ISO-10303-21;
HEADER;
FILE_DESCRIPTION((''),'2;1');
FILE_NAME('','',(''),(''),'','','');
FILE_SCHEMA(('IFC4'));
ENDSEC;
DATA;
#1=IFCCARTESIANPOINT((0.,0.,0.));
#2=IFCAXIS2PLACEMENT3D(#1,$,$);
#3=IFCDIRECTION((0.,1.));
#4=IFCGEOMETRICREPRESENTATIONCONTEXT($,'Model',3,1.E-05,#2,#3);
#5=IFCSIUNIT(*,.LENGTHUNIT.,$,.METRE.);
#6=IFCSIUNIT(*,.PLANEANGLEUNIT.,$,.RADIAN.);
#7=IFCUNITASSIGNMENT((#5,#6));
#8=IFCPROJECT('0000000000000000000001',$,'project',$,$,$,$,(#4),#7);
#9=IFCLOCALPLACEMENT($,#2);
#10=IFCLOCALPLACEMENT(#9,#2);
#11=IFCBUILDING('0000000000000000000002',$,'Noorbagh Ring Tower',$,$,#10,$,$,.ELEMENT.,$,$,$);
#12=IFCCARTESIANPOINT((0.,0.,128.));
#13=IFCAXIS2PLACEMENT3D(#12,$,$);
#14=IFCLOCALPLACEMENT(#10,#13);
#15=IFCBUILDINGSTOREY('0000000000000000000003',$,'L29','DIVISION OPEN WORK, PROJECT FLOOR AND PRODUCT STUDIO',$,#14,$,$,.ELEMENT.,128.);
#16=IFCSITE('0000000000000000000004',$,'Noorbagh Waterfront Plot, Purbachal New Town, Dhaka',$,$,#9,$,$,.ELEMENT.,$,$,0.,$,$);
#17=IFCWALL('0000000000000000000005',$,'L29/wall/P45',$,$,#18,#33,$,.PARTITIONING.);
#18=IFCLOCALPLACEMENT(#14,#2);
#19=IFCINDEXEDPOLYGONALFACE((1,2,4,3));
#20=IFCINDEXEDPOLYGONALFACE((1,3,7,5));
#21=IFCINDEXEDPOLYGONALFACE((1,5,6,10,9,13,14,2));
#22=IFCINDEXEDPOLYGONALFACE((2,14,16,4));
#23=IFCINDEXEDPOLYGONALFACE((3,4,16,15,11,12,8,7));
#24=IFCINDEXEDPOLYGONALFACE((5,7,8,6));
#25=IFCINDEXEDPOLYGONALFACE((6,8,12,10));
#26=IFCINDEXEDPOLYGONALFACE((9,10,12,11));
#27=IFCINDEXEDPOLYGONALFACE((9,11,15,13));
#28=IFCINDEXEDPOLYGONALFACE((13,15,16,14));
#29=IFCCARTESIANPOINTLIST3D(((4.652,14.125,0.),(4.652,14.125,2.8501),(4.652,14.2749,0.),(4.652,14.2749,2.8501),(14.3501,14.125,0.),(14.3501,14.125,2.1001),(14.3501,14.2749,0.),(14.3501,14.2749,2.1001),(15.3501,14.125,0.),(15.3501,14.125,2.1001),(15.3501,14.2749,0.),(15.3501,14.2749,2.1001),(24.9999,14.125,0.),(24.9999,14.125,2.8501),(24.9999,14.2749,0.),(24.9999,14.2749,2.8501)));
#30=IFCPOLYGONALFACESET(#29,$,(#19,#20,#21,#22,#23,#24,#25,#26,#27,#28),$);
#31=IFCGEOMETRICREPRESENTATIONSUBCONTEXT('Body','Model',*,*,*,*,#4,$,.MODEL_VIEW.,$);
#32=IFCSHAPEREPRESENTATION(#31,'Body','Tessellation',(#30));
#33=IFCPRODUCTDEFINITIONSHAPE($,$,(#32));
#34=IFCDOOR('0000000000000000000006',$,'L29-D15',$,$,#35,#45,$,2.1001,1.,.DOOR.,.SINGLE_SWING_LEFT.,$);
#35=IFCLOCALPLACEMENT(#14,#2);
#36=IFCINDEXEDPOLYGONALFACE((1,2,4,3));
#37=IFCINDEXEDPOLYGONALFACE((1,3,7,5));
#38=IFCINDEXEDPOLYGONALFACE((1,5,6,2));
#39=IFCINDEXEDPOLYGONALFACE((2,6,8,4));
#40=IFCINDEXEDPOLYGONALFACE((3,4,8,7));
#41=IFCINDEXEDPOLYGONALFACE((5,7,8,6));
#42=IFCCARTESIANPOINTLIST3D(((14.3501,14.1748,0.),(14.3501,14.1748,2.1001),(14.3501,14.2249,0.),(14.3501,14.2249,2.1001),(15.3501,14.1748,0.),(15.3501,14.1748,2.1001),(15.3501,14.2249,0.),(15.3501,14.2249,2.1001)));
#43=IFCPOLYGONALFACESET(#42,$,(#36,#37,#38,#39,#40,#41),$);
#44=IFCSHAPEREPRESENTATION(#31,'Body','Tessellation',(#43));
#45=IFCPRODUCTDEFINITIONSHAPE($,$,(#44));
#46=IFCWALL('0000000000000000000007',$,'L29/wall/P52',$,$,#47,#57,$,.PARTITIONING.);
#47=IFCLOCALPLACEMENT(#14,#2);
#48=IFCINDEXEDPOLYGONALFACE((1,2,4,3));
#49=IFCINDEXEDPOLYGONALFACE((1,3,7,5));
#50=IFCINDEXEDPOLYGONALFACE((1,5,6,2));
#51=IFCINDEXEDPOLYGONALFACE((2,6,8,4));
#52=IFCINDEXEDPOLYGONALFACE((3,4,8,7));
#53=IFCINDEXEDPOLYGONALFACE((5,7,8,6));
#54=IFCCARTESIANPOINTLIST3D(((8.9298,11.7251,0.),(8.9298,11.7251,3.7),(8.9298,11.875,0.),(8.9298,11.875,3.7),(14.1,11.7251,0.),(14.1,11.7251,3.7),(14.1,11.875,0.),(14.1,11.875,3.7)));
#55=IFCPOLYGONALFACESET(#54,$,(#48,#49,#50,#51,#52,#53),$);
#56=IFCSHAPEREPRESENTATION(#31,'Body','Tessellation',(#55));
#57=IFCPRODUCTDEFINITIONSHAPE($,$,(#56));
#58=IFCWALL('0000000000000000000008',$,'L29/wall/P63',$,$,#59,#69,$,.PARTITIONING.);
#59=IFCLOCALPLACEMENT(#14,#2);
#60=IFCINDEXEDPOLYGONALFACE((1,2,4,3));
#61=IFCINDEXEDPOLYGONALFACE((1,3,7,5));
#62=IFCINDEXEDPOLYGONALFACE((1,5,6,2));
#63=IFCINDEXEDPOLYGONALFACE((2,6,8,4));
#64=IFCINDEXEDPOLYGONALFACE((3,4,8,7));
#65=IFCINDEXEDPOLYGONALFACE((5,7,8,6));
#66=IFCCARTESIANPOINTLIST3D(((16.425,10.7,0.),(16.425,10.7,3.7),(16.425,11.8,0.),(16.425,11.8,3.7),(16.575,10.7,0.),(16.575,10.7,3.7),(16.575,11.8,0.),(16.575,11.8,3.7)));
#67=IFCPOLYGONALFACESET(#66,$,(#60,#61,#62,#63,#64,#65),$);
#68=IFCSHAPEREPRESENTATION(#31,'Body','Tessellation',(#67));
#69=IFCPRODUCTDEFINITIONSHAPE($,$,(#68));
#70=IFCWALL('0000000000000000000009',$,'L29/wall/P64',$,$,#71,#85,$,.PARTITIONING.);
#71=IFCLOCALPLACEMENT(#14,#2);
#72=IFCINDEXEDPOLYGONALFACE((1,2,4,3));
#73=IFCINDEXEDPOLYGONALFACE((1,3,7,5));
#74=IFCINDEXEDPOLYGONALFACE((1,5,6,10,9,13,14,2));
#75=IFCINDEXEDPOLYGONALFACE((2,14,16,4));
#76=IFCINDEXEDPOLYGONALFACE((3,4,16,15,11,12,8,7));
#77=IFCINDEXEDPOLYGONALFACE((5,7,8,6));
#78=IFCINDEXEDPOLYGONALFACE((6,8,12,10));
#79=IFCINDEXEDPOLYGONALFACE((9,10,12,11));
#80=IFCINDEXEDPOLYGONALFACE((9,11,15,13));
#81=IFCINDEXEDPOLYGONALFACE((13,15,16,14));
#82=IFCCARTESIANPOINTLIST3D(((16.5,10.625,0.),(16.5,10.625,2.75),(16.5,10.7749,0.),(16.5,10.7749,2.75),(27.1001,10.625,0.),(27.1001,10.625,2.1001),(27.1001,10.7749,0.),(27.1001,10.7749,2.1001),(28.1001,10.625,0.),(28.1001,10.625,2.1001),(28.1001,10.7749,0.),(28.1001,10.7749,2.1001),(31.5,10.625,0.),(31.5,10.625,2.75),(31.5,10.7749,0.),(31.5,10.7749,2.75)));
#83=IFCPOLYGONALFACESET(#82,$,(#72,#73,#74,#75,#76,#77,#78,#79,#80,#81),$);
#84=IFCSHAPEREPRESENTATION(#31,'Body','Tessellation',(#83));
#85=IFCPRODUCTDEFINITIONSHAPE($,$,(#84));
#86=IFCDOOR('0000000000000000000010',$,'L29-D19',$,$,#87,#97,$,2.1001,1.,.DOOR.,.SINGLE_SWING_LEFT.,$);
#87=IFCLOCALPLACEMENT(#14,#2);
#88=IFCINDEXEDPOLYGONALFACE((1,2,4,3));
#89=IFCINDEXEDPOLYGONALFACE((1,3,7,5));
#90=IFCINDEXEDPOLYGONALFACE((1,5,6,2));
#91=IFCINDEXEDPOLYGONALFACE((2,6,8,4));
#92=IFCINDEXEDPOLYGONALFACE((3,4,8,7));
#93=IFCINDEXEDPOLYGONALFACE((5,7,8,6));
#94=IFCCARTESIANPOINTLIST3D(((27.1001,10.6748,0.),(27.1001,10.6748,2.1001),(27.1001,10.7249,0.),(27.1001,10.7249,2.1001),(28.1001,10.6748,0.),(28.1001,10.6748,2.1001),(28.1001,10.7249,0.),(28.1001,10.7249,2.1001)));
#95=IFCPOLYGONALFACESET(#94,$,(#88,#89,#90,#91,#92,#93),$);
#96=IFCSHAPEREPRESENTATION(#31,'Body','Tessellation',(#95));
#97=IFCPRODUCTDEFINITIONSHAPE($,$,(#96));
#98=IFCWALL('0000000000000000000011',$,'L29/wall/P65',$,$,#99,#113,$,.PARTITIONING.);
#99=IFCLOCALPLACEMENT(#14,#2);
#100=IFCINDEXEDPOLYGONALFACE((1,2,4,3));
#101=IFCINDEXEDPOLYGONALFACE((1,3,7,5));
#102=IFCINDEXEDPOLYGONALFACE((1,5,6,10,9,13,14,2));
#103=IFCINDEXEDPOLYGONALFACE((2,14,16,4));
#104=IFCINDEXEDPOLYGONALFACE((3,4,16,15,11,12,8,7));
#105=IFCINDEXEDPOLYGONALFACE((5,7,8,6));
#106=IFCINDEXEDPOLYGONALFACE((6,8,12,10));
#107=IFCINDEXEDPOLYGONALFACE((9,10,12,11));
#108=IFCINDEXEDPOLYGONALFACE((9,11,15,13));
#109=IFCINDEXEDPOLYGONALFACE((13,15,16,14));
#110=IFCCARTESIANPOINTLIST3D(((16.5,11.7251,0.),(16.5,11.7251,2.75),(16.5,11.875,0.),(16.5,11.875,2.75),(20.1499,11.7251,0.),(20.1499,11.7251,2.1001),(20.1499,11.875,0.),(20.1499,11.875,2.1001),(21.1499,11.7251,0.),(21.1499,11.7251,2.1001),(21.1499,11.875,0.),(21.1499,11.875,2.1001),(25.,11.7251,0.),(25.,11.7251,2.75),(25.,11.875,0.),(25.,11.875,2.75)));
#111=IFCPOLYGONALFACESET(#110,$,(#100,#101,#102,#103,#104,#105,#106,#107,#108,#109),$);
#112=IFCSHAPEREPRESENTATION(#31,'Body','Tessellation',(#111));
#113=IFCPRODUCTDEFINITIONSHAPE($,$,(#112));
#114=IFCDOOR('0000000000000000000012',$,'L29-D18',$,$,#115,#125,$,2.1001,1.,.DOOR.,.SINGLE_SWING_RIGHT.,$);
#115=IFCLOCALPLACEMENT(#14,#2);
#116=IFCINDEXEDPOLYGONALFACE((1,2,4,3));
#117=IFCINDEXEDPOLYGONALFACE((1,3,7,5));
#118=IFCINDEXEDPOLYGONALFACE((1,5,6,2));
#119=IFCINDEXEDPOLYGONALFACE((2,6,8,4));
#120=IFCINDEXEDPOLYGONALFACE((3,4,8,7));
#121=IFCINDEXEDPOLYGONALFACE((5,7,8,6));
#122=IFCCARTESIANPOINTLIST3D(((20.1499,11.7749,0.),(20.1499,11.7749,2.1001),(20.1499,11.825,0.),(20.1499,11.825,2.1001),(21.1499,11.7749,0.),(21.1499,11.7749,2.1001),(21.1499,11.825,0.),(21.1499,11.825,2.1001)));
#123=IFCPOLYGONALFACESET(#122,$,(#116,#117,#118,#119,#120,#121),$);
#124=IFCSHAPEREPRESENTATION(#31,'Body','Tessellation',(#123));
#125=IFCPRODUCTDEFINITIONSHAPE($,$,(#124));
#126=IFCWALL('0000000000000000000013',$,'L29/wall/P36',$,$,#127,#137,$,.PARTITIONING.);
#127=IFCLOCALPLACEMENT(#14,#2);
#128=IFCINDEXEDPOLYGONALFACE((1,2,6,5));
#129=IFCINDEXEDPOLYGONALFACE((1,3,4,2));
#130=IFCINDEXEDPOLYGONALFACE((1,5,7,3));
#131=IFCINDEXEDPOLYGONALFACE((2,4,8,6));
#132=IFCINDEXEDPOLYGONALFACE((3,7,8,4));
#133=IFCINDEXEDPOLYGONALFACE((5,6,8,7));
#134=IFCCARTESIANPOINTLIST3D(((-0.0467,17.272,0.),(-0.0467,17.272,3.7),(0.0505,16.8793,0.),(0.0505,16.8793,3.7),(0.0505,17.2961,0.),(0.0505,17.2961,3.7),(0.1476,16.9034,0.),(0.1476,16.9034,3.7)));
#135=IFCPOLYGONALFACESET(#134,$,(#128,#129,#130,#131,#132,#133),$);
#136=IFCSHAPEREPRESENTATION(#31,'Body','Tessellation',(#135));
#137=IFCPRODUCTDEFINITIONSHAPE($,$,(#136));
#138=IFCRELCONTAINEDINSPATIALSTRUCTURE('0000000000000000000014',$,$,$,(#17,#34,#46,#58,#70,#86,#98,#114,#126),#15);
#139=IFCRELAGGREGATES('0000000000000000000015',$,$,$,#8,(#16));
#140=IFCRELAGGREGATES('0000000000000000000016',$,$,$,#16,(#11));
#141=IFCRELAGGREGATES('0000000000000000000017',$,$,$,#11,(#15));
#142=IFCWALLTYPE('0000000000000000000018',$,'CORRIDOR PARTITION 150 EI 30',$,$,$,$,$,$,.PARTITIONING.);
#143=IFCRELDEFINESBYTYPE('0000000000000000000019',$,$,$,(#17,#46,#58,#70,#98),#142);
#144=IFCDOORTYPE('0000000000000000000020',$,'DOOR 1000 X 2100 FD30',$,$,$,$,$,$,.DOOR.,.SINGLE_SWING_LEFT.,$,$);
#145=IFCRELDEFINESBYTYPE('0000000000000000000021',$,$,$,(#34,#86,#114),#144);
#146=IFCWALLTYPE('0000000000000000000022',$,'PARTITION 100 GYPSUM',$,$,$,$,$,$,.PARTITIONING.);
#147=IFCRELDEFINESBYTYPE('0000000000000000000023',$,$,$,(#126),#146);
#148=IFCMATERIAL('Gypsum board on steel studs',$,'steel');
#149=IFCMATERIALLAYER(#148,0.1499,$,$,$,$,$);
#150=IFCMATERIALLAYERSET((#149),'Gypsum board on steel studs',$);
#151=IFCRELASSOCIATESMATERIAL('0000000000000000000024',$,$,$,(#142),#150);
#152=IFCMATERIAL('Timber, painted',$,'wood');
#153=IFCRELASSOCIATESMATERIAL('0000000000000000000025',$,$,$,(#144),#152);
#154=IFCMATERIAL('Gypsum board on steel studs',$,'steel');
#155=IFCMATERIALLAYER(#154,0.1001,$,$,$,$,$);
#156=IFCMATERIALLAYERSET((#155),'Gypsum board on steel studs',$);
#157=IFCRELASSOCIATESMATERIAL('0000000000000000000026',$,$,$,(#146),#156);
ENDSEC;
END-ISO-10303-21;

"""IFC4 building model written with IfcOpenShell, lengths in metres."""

from ifc_helpers import new_model, si_unit, direction, frame, frame_2d, origin, place, context, subcontext, project, spatial, rectangle, extrude, material, layer, layer_set, type_object, element, fill, save


model = new_model("IFC4")

# Units and contexts
model_context = context("Model", 3, precision=1e-05, world=origin(), true_north=direction((0.0, 1.0)))
body_context = subcontext(model_context, "Body", "Model", "MODEL_VIEW")
ifc_project = project(units=[si_unit("LENGTHUNIT", "METRE"), si_unit("PLANEANGLEUNIT", "RADIAN")], contexts=[model_context])

# Site, building, storey
site_placement = place(None, origin())
site = spatial("IfcSite", under=ifc_project, at=site_placement, Name="Noorbagh Waterfront Plot, Purbachal New Town, Dhaka", CompositionType="ELEMENT", RefElevation=0.0)
building_placement = place(site_placement, origin())
building = spatial("IfcBuilding", under=site, at=building_placement, Name="Noorbagh Ring Tower", CompositionType="ELEMENT")
storey_placement = place(building_placement, frame((0.0, 0.0, 128.0)))
storey = spatial("IfcBuildingStorey", under=building, at=storey_placement, Name="L29", Description="DIVISION OPEN WORK, PROJECT FLOOR AND PRODUCT STUDIO", CompositionType="ELEMENT", Elevation=128.0)

# Shared definitions
ifc_material_1 = material(Name="Gypsum board on steel studs", Category="steel")
ifc_layer_1 = layer(ifc_material_1, 0.1499)
ifc_layer_set_1 = layer_set([ifc_layer_1], Name="Gypsum board on steel studs")
wall_type_1 = type_object("IfcWallType", Name="CORRIDOR PARTITION 150 EI 30", PredefinedType="PARTITIONING", material=ifc_layer_set_1)

# Wall, opening, door
wall_1_placement = place(storey_placement, frame((4.6521, 14.2, 0.0), z_axis=(0.0, 0.0, 1.0), x_axis=(1.0, 0.0, 0.0)))
wall_1 = element("IfcWall", 1, at=wall_1_placement, inside=storey, type_object=wall_type_1, Name="L29/wall/P45", PredefinedType="PARTITIONING", context=body_context, shape_type="SweptSolid", body=[
    extrude(rectangle(XDim=20.3479, YDim=0.1499, at=frame_2d((10.1738, 0.0))), origin(), (0.0, 0.0, 1.0), 2.8501),
])
opening_1_placement = place(wall_1_placement, frame((9.698, 0.0, 0.0)))
opening_1 = element("IfcOpeningElement", 2, at=opening_1_placement, cuts=wall_1, PredefinedType="OPENING", context=body_context, shape_type="SweptSolid", body=[
    extrude(rectangle(XDim=1.0, YDim=2.1001, at=frame_2d((0.5, 1.05))), frame((0.0, 0.085, 0.0), z_axis=(0.0, -1.0, 0.0), x_axis=(1.0, 0.0, 0.0)), (0.0, 0.0, 1.0), 0.1699),
])
ifc_material_2 = material(Name="Timber, painted", Category="wood")
door_type = type_object("IfcDoorType", Name="DOOR 1000 X 2100 FD30", OperationType="SINGLE_SWING_LEFT", PredefinedType="DOOR", material=ifc_material_2)
door_1_placement = place(opening_1_placement, origin())
door_1 = element("IfcDoor", 3, at=door_1_placement, inside=storey, type_object=door_type, Name="L29-D15", OperationType="SINGLE_SWING_LEFT", OverallHeight=2.1001, OverallWidth=1.0, PredefinedType="DOOR", context=body_context, shape_type="SweptSolid", body=[
    extrude(rectangle(XDim=1.0, YDim=2.1001, at=frame_2d((0.5, 1.05))), frame((0.0, 0.0249, 0.0), z_axis=(0.0, -1.0, 0.0), x_axis=(1.0, 0.0, 0.0)), (0.0, 0.0, 1.0), 0.05),
])
fill(opening_1, door_1)

# Walls
wall_2_placement = place(storey_placement, frame((8.9299, 11.8, 0.0), z_axis=(0.0, 0.0, 1.0), x_axis=(1.0, 0.0, 0.0)))
element("IfcWall", 4, at=wall_2_placement, inside=storey, type_object=wall_type_1, Name="L29/wall/P52", PredefinedType="PARTITIONING", context=body_context, shape_type="SweptSolid", body=[
    extrude(rectangle(XDim=5.1702, YDim=0.1499, at=frame_2d((2.585, 0.0))), origin(), (0.0, 0.0, 1.0), 3.7),
])
wall_3_placement = place(storey_placement, frame((16.5, 10.7, 0.0), z_axis=(0.0, 0.0, 1.0), x_axis=(0.0, 1.0, 0.0)))
element("IfcWall", 5, at=wall_3_placement, inside=storey, type_object=wall_type_1, Name="L29/wall/P63", PredefinedType="PARTITIONING", context=body_context, shape_type="SweptSolid", body=[
    extrude(rectangle(XDim=1.1001, YDim=0.1499, at=frame_2d((0.55, 0.0))), origin(), (0.0, 0.0, 1.0), 3.7),
])

# Walls, openings, doors
wall_4_placement = place(storey_placement, frame((16.5, 10.7, 0.0), z_axis=(0.0, 0.0, 1.0), x_axis=(1.0, 0.0, 0.0)))
wall_4 = element("IfcWall", 6, at=wall_4_placement, inside=storey, type_object=wall_type_1, Name="L29/wall/P64", PredefinedType="PARTITIONING", context=body_context, shape_type="SweptSolid", body=[
    extrude(rectangle(XDim=15.0, YDim=0.1499, at=frame_2d((7.5, 0.0))), origin(), (0.0, 0.0, 1.0), 2.75),
])
opening_2_placement = place(wall_4_placement, frame((10.6001, 0.0, 0.0)))
opening_2 = element("IfcOpeningElement", 7, at=opening_2_placement, cuts=wall_4, PredefinedType="OPENING", context=body_context, shape_type="SweptSolid", body=[
    extrude(rectangle(XDim=1.0, YDim=2.1001, at=frame_2d((0.5, 1.05))), frame((0.0, 0.085, 0.0), z_axis=(0.0, -1.0, 0.0), x_axis=(1.0, 0.0, 0.0)), (0.0, 0.0, 1.0), 0.1699),
])
door_2_placement = place(opening_2_placement, origin())
door_2 = element("IfcDoor", 8, at=door_2_placement, inside=storey, type_object=door_type, Name="L29-D19", OperationType="SINGLE_SWING_LEFT", OverallHeight=2.1001, OverallWidth=1.0, PredefinedType="DOOR", context=body_context, shape_type="SweptSolid", body=[
    extrude(rectangle(XDim=1.0, YDim=2.1001, at=frame_2d((0.5, 1.05))), frame((0.0, 0.0249, 0.0), z_axis=(0.0, -1.0, 0.0), x_axis=(1.0, 0.0, 0.0)), (0.0, 0.0, 1.0), 0.05),
])
fill(opening_2, door_2)
wall_5_placement = place(storey_placement, frame((16.5, 11.8, 0.0), z_axis=(0.0, 0.0, 1.0), x_axis=(1.0, 0.0, 0.0)))
wall_5 = element("IfcWall", 9, at=wall_5_placement, inside=storey, type_object=wall_type_1, Name="L29/wall/P65", PredefinedType="PARTITIONING", context=body_context, shape_type="SweptSolid", body=[
    extrude(rectangle(XDim=8.5, YDim=0.1499, at=frame_2d((4.25, 0.0))), origin(), (0.0, 0.0, 1.0), 2.75),
])
opening_3_placement = place(wall_5_placement, frame((3.6499, 0.0, 0.0)))
opening_3 = element("IfcOpeningElement", 10, at=opening_3_placement, cuts=wall_5, PredefinedType="OPENING", context=body_context, shape_type="SweptSolid", body=[
    extrude(rectangle(XDim=1.0, YDim=2.1001, at=frame_2d((0.5, 1.05))), frame((0.0, 0.085, 0.0), z_axis=(0.0, -1.0, 0.0), x_axis=(1.0, 0.0, 0.0)), (0.0, 0.0, 1.0), 0.1699),
])
door_3_placement = place(opening_3_placement, origin())
door_3 = element("IfcDoor", 11, at=door_3_placement, inside=storey, type_object=door_type, Name="L29-D18", OperationType="SINGLE_SWING_RIGHT", OverallHeight=2.1001, OverallWidth=1.0, PredefinedType="DOOR", context=body_context, shape_type="SweptSolid", body=[
    extrude(rectangle(XDim=1.0, YDim=2.1001, at=frame_2d((0.5, 1.05))), frame((0.0, 0.0249, 0.0), z_axis=(0.0, -1.0, 0.0), x_axis=(1.0, 0.0, 0.0)), (0.0, 0.0, 1.0), 0.05),
])
fill(opening_3, door_3)

# Wall
ifc_material_3 = material(Name="Gypsum board on steel studs", Category="steel")
ifc_layer_2 = layer(ifc_material_3, 0.1001)
ifc_layer_set_2 = layer_set([ifc_layer_2], Name="Gypsum board on steel studs")
wall_type_2 = type_object("IfcWallType", Name="PARTITION 100 GYPSUM", PredefinedType="PARTITIONING", material=ifc_layer_set_2)
wall_6_placement = place(storey_placement, frame((0.002, 17.2839, 0.0), z_axis=(0.0, 0.0, 1.0), x_axis=(0.240122, -0.970743, 0.0)))
element("IfcWall", 12, at=wall_6_placement, inside=storey, type_object=wall_type_2, Name="L29/wall/P36", PredefinedType="PARTITIONING", context=body_context, shape_type="SweptSolid", body=[
    extrude(rectangle(XDim=0.4045, YDim=0.1001, at=frame_2d((0.2021, 0.0))), origin(), (0.0, 0.0, 1.0), 3.7),
])

save(model, "model.ifc")
